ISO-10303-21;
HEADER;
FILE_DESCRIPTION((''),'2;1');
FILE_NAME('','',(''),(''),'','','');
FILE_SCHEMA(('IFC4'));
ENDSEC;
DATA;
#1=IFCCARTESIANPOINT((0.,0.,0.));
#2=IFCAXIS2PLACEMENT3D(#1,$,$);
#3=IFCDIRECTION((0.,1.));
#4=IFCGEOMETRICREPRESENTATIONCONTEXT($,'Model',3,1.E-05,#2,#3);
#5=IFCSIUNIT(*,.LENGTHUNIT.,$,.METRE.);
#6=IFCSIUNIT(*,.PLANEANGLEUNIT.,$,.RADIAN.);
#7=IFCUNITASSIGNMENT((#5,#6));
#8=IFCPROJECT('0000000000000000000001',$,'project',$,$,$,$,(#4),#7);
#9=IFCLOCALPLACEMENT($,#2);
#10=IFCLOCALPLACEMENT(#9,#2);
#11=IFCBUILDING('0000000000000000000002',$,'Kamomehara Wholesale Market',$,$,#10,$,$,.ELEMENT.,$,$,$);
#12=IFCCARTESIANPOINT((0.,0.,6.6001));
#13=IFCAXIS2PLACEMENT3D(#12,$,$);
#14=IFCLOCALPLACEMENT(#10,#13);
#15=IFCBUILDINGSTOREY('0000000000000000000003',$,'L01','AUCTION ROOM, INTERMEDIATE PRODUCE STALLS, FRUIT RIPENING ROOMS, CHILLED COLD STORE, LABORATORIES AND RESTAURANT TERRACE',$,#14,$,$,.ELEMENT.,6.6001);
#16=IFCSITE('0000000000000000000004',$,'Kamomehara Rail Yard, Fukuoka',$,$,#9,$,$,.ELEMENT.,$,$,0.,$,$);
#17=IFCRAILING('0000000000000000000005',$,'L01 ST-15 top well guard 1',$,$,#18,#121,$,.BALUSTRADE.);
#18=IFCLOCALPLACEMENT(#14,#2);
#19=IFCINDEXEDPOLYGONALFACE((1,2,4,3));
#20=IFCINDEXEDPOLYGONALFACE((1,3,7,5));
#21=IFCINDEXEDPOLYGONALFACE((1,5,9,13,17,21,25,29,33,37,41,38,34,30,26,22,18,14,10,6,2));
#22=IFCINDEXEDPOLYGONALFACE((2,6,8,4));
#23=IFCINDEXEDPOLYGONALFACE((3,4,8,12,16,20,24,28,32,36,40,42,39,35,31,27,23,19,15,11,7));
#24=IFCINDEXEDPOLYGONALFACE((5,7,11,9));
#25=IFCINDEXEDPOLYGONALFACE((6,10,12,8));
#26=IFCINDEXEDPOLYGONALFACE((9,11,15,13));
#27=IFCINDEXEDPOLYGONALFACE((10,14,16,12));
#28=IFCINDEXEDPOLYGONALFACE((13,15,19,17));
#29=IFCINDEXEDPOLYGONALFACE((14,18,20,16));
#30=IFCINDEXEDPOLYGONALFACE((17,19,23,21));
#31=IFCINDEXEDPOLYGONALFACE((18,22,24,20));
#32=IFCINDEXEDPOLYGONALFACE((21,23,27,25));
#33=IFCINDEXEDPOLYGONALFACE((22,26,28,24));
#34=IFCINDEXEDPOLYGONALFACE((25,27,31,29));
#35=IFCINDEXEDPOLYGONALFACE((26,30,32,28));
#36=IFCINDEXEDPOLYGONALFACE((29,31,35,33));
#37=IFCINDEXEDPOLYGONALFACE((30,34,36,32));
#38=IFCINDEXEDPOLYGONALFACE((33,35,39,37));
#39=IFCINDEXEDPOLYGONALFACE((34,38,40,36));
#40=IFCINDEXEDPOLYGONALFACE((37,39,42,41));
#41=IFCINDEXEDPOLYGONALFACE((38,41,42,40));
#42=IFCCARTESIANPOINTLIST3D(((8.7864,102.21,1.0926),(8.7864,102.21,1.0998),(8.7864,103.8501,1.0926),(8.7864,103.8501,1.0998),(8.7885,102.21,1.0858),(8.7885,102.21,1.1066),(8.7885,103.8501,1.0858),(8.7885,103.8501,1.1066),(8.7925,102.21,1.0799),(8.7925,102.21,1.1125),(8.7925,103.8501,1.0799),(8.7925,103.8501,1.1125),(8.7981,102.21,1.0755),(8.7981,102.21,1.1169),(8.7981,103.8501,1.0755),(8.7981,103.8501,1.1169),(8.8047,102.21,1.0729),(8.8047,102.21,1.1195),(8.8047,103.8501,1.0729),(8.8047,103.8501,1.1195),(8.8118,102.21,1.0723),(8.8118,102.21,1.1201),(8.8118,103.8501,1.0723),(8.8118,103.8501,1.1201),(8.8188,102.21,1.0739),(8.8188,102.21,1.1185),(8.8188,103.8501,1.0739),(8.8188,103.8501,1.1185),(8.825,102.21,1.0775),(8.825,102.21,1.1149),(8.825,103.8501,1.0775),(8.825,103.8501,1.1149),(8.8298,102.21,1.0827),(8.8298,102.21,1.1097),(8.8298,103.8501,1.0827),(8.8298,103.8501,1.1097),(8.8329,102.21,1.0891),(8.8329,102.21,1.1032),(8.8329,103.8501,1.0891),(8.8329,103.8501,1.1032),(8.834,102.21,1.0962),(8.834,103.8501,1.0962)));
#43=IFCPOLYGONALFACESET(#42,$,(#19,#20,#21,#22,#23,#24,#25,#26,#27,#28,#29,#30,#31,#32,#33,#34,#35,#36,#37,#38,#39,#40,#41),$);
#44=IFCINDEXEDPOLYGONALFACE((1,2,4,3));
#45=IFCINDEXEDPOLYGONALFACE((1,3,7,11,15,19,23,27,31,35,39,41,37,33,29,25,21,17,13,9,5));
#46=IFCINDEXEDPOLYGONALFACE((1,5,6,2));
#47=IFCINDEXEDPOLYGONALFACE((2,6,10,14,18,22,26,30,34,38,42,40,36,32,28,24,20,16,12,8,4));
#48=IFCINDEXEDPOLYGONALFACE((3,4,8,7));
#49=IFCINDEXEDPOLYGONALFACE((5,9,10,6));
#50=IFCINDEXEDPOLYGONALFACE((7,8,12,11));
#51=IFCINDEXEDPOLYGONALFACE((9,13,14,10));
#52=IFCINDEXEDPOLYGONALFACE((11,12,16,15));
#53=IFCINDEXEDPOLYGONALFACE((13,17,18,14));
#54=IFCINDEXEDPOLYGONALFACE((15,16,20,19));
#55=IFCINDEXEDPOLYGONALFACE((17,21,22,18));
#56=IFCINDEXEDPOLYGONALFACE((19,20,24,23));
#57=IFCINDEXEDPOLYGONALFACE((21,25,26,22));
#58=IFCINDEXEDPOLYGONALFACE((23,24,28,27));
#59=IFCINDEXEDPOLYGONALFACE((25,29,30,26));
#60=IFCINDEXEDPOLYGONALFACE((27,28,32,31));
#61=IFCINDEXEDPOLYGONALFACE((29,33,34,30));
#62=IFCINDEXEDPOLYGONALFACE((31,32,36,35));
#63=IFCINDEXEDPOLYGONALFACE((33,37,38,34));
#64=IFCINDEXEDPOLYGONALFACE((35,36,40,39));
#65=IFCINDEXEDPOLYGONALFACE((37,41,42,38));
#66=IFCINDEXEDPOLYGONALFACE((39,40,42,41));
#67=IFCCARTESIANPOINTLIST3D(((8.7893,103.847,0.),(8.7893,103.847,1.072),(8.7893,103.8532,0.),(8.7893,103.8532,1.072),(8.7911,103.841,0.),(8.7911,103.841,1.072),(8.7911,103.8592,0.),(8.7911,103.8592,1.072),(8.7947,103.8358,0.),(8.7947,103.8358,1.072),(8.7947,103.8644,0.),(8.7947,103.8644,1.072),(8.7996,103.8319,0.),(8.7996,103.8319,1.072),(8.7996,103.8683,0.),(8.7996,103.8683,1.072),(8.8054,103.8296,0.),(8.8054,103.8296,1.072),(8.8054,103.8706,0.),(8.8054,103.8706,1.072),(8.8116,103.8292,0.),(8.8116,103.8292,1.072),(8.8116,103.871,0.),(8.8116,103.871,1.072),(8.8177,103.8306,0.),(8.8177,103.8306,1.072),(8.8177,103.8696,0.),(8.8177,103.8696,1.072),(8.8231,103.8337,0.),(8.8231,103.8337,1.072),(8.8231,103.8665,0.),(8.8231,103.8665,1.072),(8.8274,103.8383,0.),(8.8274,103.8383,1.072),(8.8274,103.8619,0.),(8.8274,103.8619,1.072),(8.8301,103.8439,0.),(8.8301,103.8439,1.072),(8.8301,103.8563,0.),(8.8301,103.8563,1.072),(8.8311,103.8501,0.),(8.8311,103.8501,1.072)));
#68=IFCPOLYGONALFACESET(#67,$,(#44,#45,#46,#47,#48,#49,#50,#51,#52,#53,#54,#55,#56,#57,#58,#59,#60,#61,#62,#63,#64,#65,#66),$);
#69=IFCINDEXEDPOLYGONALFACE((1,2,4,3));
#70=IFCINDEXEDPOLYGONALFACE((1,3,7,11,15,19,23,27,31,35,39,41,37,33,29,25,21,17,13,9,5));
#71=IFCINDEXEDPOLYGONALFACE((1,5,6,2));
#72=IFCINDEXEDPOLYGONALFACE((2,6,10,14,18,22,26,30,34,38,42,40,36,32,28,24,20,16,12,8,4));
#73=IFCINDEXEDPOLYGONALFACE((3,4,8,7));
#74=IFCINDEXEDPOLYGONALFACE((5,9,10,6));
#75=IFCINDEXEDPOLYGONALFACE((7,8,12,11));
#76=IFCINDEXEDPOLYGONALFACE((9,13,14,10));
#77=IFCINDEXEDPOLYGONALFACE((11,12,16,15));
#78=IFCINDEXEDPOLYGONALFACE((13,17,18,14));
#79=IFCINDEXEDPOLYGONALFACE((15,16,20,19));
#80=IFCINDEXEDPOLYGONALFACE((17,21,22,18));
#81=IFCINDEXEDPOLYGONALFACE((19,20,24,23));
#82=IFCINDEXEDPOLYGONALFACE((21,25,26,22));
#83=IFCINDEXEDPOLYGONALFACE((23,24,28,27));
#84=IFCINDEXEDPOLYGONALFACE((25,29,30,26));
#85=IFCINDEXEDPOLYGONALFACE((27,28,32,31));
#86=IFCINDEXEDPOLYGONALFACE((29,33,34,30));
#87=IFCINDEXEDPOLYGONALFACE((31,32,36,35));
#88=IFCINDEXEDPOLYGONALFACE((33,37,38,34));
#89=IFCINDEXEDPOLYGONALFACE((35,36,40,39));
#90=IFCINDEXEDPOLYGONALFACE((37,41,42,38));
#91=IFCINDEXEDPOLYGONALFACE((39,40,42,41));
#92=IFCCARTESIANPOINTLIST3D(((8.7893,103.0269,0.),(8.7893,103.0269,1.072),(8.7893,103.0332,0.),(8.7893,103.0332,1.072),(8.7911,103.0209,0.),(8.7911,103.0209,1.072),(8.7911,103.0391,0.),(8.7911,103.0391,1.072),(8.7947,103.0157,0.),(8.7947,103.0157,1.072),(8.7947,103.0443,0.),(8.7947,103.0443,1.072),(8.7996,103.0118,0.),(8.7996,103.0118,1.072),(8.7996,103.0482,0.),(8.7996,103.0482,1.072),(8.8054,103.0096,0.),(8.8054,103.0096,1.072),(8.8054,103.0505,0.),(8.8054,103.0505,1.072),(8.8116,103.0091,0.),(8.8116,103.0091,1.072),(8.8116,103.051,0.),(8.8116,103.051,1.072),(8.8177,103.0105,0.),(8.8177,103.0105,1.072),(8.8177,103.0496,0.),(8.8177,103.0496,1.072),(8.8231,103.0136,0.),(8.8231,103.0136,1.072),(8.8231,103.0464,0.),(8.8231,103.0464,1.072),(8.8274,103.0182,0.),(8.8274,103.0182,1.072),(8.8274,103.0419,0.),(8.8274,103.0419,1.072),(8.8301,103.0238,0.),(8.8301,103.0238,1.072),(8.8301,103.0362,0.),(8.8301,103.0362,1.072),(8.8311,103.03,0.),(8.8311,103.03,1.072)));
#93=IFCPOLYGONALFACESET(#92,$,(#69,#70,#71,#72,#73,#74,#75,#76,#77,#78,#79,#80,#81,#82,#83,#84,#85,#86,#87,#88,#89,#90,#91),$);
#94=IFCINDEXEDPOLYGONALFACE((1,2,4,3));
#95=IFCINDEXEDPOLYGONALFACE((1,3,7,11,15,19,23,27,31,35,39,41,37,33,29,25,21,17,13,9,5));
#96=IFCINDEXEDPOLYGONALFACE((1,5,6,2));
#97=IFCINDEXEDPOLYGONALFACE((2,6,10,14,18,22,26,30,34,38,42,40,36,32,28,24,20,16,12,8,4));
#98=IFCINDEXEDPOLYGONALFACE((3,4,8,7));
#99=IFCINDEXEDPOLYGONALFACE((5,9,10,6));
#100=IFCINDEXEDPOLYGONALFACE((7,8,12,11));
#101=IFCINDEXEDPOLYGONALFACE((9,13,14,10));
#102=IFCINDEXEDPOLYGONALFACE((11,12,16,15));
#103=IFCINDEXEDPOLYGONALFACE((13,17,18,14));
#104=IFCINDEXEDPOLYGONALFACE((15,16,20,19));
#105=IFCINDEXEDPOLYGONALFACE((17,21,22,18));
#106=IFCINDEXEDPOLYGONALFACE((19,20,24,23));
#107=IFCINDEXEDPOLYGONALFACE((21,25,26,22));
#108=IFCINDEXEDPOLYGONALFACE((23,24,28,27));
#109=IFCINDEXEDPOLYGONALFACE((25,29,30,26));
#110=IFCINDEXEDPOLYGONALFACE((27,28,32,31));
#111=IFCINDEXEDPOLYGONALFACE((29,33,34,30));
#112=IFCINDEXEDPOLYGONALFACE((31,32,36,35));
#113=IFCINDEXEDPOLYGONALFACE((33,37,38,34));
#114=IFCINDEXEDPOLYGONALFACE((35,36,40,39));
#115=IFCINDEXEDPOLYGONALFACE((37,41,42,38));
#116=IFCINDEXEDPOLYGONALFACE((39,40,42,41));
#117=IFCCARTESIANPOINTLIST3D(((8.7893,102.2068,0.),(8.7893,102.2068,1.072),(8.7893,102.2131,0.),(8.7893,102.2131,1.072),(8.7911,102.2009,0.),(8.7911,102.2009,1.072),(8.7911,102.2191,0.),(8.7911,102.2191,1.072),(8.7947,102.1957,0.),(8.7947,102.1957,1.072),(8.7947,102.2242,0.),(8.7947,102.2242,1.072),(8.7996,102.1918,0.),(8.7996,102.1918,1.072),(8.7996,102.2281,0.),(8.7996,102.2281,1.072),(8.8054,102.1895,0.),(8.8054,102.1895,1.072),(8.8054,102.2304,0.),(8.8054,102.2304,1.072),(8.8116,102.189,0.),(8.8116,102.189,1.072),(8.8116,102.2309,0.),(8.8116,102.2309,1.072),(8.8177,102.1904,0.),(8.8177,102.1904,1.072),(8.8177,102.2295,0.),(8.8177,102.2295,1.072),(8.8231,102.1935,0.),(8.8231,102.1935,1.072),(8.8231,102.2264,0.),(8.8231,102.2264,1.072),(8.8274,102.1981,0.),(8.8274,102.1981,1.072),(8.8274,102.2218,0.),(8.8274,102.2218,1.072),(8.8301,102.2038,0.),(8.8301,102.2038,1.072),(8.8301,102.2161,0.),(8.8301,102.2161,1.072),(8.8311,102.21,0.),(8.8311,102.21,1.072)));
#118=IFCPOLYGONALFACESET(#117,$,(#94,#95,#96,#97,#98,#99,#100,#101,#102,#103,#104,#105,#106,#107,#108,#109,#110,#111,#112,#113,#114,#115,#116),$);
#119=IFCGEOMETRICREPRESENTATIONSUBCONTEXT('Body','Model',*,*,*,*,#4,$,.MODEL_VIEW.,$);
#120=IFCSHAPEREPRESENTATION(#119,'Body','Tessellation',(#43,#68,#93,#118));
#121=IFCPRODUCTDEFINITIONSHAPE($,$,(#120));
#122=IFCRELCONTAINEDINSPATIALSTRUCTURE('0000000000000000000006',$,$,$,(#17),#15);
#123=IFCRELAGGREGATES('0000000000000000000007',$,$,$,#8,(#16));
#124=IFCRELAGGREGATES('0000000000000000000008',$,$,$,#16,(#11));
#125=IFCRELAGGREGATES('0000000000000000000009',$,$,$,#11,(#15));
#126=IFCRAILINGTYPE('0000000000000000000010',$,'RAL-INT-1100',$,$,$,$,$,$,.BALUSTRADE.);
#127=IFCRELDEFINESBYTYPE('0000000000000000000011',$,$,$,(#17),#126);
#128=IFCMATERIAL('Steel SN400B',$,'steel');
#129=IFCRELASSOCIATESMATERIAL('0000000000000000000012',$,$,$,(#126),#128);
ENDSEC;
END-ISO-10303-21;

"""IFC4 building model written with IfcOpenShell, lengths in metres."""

from ifc_helpers import new_model, si_unit, direction, frame, origin, origin_2d, place, context, subcontext, project, spatial, circle, extrude, material, type_object, element, save


model = new_model("IFC4")

# Units and contexts
model_context = context("Model", 3, precision=1e-05, world=origin(), true_north=direction((0.0, 1.0)))
body_context = subcontext(model_context, "Body", "Model", "MODEL_VIEW")
ifc_project = project(units=[si_unit("LENGTHUNIT", "METRE"), si_unit("PLANEANGLEUNIT", "RADIAN")], contexts=[model_context])

# Site, building, storey
site_placement = place(None, origin())
site = spatial("IfcSite", under=ifc_project, at=site_placement, Name="Kamomehara Rail Yard, Fukuoka", CompositionType="ELEMENT", RefElevation=0.0)
building_placement = place(site_placement, origin())
building = spatial("IfcBuilding", under=site, at=building_placement, Name="Kamomehara Wholesale Market", CompositionType="ELEMENT")
storey_placement = place(building_placement, frame((0.0, 0.0, 6.6001)))
storey = spatial("IfcBuildingStorey", under=building, at=storey_placement, Name="L01", Description="AUCTION ROOM, INTERMEDIATE PRODUCE STALLS, FRUIT RIPENING ROOMS, CHILLED COLD STORE, LABORATORIES AND RESTAURANT TERRACE", CompositionType="ELEMENT", Elevation=6.6001)

# Railing
ifc_material_1 = material(Name="Steel SN400B", Category="steel")
railing_type = type_object("IfcRailingType", Name="RAL-INT-1100", PredefinedType="BALUSTRADE", material=ifc_material_1)
railing_1_placement = place(storey_placement, frame((8.8101, 103.8501, 0.0)))
element("IfcRailing", 1, at=railing_1_placement, inside=storey, type_object=railing_type, Name="L01 ST-15 top well guard 1", PredefinedType="BALUSTRADE", context=body_context, shape_type="SweptSolid", body=[
    extrude(circle(Radius=0.0239, at=origin_2d()), frame((0.0, 0.0, 1.0962), z_axis=(0.0, -1.0, 0.0), x_axis=(1.0, 0.0, 0.0)), (0.0, 0.0, 1.0), 1.6401),
    extrude(circle(Radius=0.021, at=origin_2d()), origin(), (0.0, 0.0, 1.0), 1.072),
    extrude(circle(Radius=0.021, at=origin_2d()), frame((0.0, -0.8201, 0.0)), (0.0, 0.0, 1.0), 1.072),
    extrude(circle(Radius=0.021, at=origin_2d()), frame((0.0, -1.6401, 0.0)), (0.0, 0.0, 1.0), 1.072),
])

save(model, "model.ifc")
